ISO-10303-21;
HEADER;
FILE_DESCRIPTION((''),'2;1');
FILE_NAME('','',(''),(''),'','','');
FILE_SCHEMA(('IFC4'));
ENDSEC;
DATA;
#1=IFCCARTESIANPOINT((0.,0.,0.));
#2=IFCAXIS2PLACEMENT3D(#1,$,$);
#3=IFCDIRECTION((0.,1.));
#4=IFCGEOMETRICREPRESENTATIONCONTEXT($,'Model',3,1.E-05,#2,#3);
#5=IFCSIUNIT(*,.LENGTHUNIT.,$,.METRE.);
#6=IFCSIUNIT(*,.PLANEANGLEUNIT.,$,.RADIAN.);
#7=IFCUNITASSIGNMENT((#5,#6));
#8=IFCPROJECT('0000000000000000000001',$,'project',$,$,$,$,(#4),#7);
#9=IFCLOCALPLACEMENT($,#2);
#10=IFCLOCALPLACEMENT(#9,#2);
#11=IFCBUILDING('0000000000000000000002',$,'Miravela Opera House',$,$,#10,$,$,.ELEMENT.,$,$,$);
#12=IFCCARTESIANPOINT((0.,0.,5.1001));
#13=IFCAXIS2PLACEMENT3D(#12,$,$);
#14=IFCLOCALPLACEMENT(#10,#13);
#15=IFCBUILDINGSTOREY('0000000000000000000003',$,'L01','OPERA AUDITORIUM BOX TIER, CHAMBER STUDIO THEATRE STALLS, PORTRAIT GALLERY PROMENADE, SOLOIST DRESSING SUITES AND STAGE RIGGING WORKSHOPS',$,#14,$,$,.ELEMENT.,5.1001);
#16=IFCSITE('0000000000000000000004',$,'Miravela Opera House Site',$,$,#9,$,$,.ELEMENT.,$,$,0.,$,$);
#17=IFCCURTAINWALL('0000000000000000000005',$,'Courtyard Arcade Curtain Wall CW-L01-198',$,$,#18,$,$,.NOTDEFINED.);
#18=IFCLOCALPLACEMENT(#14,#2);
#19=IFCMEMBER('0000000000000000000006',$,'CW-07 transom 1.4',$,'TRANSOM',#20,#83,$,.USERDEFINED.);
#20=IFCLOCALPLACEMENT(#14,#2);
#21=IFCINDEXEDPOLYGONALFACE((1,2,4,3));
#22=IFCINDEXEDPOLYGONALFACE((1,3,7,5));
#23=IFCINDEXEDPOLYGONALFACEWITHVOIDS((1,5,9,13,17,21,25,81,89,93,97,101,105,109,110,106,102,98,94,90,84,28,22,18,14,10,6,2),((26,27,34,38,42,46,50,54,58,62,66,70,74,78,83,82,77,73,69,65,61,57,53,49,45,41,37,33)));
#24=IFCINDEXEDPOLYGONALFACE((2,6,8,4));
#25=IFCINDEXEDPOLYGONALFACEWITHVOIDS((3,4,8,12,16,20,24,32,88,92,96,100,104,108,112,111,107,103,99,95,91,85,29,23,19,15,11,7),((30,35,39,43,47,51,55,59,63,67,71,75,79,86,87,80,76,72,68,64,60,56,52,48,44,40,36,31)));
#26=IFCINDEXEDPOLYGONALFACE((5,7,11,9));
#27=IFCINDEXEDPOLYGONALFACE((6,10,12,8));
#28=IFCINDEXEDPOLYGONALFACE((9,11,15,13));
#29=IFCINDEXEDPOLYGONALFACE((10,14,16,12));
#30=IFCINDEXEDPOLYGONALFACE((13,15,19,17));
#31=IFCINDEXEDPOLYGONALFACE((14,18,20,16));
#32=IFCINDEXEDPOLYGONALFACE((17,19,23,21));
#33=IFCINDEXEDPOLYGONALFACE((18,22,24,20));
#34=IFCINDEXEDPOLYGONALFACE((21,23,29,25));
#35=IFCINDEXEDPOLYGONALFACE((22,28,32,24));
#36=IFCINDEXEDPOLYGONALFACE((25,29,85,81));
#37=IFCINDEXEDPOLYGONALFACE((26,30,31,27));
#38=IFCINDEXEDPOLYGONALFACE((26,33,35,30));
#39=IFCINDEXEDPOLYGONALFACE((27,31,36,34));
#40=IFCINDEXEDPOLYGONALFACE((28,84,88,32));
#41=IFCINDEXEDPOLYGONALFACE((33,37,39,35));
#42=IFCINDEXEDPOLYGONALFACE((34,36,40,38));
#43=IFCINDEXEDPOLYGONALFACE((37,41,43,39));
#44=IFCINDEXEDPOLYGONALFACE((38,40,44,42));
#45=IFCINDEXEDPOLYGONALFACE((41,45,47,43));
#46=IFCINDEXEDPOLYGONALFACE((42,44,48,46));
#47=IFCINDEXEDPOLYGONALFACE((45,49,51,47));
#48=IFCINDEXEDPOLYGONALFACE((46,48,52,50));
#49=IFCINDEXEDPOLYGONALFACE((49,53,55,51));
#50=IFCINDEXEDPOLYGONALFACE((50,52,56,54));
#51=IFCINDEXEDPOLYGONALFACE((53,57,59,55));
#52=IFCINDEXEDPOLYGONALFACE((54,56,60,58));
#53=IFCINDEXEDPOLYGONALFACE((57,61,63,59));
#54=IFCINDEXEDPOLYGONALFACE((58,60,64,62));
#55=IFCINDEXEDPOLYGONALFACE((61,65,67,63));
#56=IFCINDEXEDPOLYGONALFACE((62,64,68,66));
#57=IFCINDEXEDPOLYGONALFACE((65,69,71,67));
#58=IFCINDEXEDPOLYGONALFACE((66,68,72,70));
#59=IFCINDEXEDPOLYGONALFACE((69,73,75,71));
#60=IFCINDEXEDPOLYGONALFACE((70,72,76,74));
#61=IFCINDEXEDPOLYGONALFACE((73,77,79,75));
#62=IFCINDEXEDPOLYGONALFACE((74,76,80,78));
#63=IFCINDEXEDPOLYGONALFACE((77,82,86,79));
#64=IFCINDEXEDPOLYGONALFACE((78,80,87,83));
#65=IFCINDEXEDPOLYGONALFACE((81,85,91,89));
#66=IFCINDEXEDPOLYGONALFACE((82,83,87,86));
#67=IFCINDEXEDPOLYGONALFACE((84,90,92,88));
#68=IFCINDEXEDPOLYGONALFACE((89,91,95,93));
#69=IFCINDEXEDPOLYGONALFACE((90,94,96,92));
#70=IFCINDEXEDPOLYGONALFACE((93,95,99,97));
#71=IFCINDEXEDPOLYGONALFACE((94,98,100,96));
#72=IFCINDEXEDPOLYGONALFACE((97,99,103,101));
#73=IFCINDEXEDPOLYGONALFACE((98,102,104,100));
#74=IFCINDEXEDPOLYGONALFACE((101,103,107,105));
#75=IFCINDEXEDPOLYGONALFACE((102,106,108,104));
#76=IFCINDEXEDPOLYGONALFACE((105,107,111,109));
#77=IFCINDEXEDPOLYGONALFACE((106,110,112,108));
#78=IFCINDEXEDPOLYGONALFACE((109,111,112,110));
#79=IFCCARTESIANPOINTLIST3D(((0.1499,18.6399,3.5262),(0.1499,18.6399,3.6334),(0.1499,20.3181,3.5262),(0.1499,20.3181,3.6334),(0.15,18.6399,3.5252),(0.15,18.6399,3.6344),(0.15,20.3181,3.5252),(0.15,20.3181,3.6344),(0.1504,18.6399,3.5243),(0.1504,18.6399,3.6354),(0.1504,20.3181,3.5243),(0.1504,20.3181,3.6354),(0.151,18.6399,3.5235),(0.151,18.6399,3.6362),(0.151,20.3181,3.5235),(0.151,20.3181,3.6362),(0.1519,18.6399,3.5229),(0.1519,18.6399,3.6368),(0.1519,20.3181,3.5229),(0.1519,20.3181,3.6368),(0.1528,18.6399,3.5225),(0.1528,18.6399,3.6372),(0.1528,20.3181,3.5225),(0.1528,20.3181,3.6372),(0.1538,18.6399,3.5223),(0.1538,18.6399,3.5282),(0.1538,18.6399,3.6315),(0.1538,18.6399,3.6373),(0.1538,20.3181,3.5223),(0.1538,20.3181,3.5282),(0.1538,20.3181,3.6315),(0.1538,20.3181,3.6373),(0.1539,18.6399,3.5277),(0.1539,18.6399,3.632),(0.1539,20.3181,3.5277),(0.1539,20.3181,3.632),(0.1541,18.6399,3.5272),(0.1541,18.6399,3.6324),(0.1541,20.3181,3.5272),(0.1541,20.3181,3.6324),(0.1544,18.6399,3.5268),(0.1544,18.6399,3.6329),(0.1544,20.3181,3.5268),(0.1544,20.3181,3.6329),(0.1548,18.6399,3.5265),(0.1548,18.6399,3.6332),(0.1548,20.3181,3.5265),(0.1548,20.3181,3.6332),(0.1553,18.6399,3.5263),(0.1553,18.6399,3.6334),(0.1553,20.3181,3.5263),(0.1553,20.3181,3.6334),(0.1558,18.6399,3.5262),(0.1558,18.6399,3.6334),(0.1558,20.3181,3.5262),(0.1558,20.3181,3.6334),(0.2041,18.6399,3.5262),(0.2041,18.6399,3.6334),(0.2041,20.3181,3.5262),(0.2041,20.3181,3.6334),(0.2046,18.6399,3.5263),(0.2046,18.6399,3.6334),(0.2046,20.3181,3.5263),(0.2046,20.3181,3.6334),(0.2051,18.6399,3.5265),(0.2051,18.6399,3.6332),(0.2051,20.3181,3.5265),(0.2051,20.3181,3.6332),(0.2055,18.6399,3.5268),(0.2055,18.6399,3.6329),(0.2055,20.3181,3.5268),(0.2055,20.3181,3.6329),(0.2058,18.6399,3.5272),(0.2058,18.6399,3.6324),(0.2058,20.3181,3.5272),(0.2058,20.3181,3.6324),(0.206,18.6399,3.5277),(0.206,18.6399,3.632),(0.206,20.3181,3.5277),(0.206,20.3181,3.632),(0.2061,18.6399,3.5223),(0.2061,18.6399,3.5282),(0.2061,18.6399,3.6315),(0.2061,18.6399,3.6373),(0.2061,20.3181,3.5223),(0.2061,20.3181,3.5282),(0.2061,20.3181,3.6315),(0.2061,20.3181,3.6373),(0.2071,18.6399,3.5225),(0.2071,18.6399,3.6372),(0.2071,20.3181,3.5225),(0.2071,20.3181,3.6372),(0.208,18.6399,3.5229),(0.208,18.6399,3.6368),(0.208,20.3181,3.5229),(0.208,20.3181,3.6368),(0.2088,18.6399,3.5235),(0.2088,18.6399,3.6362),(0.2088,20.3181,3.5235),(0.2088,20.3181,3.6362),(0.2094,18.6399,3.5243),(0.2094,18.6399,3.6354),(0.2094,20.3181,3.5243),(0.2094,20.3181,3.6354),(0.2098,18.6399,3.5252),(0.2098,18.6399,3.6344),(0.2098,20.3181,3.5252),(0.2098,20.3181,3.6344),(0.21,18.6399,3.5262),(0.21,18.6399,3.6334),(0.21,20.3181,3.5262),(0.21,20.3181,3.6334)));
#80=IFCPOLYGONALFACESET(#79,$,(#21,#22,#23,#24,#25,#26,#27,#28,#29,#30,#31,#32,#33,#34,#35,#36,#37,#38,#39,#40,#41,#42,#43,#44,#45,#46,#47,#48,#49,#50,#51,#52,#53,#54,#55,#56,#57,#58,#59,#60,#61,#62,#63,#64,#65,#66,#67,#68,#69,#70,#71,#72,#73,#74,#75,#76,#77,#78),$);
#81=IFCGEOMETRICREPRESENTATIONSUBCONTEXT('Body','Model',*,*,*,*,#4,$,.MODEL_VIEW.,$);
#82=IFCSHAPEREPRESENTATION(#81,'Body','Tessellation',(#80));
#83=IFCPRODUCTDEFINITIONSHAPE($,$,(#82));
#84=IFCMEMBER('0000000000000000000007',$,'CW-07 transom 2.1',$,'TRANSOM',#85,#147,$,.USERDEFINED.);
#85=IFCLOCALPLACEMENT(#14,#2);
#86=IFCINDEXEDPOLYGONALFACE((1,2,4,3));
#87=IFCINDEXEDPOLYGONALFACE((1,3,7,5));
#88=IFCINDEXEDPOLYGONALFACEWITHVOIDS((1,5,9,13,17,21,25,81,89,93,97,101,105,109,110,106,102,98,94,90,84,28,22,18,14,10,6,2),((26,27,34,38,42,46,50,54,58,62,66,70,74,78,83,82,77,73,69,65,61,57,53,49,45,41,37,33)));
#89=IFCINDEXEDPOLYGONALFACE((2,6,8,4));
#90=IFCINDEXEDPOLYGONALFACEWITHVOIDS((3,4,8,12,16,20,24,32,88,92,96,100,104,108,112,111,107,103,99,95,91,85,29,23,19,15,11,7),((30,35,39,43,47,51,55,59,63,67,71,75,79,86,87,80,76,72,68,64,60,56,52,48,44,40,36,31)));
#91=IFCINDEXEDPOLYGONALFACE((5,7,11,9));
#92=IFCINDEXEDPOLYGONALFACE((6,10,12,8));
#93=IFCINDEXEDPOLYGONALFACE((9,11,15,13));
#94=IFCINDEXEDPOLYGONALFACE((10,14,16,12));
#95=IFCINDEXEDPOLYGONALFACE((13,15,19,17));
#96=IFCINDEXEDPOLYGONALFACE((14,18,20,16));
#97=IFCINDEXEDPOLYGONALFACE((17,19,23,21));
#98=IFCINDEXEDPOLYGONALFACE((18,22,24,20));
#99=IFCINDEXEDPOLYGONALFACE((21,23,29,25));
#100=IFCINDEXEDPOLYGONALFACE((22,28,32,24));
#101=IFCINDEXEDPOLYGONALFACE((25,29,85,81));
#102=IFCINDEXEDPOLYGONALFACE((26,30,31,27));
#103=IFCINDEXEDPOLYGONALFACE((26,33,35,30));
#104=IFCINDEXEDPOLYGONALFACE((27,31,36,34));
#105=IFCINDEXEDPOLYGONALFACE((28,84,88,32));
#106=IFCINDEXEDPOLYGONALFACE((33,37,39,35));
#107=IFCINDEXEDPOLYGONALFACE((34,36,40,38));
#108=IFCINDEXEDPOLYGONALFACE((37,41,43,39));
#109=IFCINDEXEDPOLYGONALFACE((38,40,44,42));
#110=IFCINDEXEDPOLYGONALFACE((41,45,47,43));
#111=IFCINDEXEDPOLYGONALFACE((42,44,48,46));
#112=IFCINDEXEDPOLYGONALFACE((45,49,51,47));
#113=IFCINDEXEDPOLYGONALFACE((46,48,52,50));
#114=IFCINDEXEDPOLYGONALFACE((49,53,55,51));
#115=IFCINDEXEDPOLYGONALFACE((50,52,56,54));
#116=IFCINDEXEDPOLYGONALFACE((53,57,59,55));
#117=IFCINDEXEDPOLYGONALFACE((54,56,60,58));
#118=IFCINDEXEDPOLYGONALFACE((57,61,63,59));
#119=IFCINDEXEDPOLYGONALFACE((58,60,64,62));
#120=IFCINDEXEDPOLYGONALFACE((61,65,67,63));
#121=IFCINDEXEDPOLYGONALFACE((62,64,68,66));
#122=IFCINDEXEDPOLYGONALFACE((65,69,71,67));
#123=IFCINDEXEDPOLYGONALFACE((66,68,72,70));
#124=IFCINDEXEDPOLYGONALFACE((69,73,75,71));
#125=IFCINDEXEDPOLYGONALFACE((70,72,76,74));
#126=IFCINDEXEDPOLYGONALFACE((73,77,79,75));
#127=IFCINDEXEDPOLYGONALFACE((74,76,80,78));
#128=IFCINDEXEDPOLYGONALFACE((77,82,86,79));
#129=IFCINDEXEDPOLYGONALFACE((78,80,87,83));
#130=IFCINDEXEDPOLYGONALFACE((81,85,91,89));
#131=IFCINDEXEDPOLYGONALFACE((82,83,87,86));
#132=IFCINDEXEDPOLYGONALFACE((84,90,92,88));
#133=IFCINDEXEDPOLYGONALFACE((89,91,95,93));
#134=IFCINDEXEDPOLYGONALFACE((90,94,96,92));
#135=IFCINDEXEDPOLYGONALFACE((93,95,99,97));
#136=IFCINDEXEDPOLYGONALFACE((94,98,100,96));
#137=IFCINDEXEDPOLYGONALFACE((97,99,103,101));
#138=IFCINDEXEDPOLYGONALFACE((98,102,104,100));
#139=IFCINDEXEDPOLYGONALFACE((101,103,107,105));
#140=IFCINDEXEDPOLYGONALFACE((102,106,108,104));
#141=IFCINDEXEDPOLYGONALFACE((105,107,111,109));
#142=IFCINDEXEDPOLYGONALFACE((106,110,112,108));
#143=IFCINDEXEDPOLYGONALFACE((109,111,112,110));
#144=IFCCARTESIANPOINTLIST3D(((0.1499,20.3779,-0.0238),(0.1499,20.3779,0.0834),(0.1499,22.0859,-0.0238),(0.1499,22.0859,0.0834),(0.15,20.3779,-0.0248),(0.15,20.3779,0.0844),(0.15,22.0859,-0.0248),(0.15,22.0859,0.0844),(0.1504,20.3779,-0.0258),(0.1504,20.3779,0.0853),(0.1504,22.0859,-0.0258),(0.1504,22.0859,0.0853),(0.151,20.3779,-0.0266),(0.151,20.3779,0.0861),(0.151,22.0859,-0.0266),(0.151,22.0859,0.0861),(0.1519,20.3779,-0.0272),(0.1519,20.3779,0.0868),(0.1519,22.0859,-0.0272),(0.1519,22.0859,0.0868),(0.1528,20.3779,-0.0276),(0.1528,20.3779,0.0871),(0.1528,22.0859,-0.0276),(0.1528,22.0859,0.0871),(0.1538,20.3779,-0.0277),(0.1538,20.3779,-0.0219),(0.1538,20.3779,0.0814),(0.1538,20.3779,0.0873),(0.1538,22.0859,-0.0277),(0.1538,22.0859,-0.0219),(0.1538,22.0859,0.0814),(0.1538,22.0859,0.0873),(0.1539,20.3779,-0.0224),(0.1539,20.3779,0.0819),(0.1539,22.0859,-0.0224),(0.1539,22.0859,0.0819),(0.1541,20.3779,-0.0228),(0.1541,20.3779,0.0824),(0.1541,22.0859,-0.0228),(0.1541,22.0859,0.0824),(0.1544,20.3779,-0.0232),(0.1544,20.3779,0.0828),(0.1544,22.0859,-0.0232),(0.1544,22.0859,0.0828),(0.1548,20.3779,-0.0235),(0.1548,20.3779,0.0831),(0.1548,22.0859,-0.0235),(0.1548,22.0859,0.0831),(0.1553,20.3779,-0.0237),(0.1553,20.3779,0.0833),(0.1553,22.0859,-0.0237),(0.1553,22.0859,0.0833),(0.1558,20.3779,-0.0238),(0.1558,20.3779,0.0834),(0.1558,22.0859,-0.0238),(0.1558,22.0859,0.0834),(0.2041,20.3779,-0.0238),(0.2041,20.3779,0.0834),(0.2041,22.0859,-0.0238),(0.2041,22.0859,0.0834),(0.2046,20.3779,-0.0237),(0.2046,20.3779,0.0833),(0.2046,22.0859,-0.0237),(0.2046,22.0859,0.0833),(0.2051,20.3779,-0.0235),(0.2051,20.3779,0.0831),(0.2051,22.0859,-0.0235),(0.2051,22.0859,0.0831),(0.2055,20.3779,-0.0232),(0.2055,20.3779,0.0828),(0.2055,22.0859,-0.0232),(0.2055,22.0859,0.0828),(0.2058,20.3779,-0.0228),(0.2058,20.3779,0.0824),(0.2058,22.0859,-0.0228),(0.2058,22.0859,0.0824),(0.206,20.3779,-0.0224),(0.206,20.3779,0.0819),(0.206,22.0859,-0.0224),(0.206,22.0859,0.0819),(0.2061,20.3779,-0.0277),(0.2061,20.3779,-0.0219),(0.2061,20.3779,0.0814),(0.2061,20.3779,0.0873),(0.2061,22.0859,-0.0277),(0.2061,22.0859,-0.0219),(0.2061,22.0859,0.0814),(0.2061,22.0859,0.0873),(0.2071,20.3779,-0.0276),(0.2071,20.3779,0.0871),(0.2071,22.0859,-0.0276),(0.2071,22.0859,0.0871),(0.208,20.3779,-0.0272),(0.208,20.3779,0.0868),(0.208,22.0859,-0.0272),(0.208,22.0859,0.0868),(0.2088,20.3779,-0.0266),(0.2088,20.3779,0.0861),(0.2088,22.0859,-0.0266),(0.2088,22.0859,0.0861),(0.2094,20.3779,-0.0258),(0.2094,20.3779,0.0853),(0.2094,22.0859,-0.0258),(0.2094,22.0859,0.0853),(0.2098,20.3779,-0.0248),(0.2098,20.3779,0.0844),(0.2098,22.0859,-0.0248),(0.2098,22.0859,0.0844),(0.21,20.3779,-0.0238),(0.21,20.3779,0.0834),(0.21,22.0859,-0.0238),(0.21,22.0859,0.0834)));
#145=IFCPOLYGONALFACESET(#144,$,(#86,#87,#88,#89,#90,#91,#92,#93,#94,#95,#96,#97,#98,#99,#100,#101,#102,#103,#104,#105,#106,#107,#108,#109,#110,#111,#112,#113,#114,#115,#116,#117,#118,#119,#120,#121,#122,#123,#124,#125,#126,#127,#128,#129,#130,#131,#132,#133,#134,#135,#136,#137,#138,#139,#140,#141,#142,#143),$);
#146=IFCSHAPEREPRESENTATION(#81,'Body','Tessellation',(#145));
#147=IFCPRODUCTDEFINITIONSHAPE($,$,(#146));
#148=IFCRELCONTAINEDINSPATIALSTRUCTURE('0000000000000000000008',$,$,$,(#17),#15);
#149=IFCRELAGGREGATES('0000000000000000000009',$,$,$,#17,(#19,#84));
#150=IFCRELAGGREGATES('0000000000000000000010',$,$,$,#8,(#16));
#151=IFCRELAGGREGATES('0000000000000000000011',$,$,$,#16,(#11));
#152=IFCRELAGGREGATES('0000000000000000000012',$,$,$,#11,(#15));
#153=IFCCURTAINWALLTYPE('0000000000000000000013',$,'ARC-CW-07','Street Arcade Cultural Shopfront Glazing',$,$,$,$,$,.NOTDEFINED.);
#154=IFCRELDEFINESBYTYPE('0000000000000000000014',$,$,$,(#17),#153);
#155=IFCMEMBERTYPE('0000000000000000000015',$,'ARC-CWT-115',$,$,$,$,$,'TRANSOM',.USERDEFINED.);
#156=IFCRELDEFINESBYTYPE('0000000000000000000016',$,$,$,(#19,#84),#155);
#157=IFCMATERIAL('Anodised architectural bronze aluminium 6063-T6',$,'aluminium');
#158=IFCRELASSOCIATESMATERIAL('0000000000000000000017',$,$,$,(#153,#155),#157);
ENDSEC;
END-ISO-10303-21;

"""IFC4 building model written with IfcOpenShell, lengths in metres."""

from ifc_helpers import new_model, si_unit, direction, frame, origin, origin_2d, place, context, subcontext, project, spatial, hollow_rectangle, extrude, material, material_profile, profile_set, type_object, element, aggregate, save


model = new_model("IFC4")

# Units and contexts
model_context = context("Model", 3, precision=1e-05, world=origin(), true_north=direction((0.0, 1.0)))
body_context = subcontext(model_context, "Body", "Model", "MODEL_VIEW")
ifc_project = project(units=[si_unit("LENGTHUNIT", "METRE"), si_unit("PLANEANGLEUNIT", "RADIAN")], contexts=[model_context])

# Site, building, storey
site_placement = place(None, origin())
site = spatial("IfcSite", under=ifc_project, at=site_placement, Name="Miravela Opera House Site", CompositionType="ELEMENT", RefElevation=0.0)
building_placement = place(site_placement, origin())
building = spatial("IfcBuilding", under=site, at=building_placement, Name="Miravela Opera House", CompositionType="ELEMENT")
storey_placement = place(building_placement, frame((0.0, 0.0, 5.1001)))
storey = spatial("IfcBuildingStorey", under=building, at=storey_placement, Name="L01", Description="OPERA AUDITORIUM BOX TIER, CHAMBER STUDIO THEATRE STALLS, PORTRAIT GALLERY PROMENADE, SOLOIST DRESSING SUITES AND STAGE RIGGING WORKSHOPS", CompositionType="ELEMENT", Elevation=5.1001)

# Shared definitions
ifc_material_1 = material(Name="Anodised architectural bronze aluminium 6063-T6", Category="aluminium")
curtain_wall_type = type_object("IfcCurtainWallType", Name="ARC-CW-07", Description="Street Arcade Cultural Shopfront Glazing", PredefinedType="NOTDEFINED", material=ifc_material_1)

# Curtain wall, members
curtain_wall_1_placement = place(storey_placement, origin())
curtain_wall_1 = element("IfcCurtainWall", 1, at=curtain_wall_1_placement, inside=storey, type_object=curtain_wall_type, Name="Courtyard Arcade Curtain Wall CW-L01-198", PredefinedType="NOTDEFINED")
ifc_material_profile_1 = material_profile(ifc_material_1, hollow_rectangle(XDim=0.0601, YDim=0.115, WallThickness=0.0039, InnerFilletRadius=0.002, OuterFilletRadius=0.0039, at=origin_2d()), Name="CWT-60X115")
ifc_profile_set_1 = profile_set([ifc_material_profile_1])
member_type_1 = type_object("IfcMemberType", Name="ARC-CWT-115", ElementType="TRANSOM", PredefinedType="USERDEFINED", material=ifc_profile_set_1)
member_1_placement = place(storey_placement, frame((0.1799, 18.6399, 3.5798), z_axis=(0.0, 1.0, 0.0), x_axis=(-1.0, 0.0, 0.0)))
member_1 = element("IfcMember", 2, at=member_1_placement, type_object=member_type_1, Name="CW-07 transom 1.4", ObjectType="TRANSOM", PredefinedType="USERDEFINED", context=body_context, shape_type="SweptSolid", body=[
    extrude(hollow_rectangle(XDim=0.0601, YDim=0.115, WallThickness=0.0039, InnerFilletRadius=0.002, OuterFilletRadius=0.0039, at=origin_2d()), origin(), (0.0, 0.0, 1.0), 1.6782),
])
member_2_placement = place(storey_placement, frame((0.1799, 20.3779, 0.0298), z_axis=(0.0, 1.0, 0.0), x_axis=(-1.0, 0.0, 0.0)))
member_2 = element("IfcMember", 3, at=member_2_placement, type_object=member_type_1, Name="CW-07 transom 2.1", ObjectType="TRANSOM", PredefinedType="USERDEFINED", context=body_context, shape_type="SweptSolid", body=[
    extrude(hollow_rectangle(XDim=0.0601, YDim=0.115, WallThickness=0.0039, InnerFilletRadius=0.002, OuterFilletRadius=0.0039, at=origin_2d()), origin(), (0.0, 0.0, 1.0), 1.708),
])

aggregate(curtain_wall_1, [member_1, member_2])

save(model, "model.ifc")
